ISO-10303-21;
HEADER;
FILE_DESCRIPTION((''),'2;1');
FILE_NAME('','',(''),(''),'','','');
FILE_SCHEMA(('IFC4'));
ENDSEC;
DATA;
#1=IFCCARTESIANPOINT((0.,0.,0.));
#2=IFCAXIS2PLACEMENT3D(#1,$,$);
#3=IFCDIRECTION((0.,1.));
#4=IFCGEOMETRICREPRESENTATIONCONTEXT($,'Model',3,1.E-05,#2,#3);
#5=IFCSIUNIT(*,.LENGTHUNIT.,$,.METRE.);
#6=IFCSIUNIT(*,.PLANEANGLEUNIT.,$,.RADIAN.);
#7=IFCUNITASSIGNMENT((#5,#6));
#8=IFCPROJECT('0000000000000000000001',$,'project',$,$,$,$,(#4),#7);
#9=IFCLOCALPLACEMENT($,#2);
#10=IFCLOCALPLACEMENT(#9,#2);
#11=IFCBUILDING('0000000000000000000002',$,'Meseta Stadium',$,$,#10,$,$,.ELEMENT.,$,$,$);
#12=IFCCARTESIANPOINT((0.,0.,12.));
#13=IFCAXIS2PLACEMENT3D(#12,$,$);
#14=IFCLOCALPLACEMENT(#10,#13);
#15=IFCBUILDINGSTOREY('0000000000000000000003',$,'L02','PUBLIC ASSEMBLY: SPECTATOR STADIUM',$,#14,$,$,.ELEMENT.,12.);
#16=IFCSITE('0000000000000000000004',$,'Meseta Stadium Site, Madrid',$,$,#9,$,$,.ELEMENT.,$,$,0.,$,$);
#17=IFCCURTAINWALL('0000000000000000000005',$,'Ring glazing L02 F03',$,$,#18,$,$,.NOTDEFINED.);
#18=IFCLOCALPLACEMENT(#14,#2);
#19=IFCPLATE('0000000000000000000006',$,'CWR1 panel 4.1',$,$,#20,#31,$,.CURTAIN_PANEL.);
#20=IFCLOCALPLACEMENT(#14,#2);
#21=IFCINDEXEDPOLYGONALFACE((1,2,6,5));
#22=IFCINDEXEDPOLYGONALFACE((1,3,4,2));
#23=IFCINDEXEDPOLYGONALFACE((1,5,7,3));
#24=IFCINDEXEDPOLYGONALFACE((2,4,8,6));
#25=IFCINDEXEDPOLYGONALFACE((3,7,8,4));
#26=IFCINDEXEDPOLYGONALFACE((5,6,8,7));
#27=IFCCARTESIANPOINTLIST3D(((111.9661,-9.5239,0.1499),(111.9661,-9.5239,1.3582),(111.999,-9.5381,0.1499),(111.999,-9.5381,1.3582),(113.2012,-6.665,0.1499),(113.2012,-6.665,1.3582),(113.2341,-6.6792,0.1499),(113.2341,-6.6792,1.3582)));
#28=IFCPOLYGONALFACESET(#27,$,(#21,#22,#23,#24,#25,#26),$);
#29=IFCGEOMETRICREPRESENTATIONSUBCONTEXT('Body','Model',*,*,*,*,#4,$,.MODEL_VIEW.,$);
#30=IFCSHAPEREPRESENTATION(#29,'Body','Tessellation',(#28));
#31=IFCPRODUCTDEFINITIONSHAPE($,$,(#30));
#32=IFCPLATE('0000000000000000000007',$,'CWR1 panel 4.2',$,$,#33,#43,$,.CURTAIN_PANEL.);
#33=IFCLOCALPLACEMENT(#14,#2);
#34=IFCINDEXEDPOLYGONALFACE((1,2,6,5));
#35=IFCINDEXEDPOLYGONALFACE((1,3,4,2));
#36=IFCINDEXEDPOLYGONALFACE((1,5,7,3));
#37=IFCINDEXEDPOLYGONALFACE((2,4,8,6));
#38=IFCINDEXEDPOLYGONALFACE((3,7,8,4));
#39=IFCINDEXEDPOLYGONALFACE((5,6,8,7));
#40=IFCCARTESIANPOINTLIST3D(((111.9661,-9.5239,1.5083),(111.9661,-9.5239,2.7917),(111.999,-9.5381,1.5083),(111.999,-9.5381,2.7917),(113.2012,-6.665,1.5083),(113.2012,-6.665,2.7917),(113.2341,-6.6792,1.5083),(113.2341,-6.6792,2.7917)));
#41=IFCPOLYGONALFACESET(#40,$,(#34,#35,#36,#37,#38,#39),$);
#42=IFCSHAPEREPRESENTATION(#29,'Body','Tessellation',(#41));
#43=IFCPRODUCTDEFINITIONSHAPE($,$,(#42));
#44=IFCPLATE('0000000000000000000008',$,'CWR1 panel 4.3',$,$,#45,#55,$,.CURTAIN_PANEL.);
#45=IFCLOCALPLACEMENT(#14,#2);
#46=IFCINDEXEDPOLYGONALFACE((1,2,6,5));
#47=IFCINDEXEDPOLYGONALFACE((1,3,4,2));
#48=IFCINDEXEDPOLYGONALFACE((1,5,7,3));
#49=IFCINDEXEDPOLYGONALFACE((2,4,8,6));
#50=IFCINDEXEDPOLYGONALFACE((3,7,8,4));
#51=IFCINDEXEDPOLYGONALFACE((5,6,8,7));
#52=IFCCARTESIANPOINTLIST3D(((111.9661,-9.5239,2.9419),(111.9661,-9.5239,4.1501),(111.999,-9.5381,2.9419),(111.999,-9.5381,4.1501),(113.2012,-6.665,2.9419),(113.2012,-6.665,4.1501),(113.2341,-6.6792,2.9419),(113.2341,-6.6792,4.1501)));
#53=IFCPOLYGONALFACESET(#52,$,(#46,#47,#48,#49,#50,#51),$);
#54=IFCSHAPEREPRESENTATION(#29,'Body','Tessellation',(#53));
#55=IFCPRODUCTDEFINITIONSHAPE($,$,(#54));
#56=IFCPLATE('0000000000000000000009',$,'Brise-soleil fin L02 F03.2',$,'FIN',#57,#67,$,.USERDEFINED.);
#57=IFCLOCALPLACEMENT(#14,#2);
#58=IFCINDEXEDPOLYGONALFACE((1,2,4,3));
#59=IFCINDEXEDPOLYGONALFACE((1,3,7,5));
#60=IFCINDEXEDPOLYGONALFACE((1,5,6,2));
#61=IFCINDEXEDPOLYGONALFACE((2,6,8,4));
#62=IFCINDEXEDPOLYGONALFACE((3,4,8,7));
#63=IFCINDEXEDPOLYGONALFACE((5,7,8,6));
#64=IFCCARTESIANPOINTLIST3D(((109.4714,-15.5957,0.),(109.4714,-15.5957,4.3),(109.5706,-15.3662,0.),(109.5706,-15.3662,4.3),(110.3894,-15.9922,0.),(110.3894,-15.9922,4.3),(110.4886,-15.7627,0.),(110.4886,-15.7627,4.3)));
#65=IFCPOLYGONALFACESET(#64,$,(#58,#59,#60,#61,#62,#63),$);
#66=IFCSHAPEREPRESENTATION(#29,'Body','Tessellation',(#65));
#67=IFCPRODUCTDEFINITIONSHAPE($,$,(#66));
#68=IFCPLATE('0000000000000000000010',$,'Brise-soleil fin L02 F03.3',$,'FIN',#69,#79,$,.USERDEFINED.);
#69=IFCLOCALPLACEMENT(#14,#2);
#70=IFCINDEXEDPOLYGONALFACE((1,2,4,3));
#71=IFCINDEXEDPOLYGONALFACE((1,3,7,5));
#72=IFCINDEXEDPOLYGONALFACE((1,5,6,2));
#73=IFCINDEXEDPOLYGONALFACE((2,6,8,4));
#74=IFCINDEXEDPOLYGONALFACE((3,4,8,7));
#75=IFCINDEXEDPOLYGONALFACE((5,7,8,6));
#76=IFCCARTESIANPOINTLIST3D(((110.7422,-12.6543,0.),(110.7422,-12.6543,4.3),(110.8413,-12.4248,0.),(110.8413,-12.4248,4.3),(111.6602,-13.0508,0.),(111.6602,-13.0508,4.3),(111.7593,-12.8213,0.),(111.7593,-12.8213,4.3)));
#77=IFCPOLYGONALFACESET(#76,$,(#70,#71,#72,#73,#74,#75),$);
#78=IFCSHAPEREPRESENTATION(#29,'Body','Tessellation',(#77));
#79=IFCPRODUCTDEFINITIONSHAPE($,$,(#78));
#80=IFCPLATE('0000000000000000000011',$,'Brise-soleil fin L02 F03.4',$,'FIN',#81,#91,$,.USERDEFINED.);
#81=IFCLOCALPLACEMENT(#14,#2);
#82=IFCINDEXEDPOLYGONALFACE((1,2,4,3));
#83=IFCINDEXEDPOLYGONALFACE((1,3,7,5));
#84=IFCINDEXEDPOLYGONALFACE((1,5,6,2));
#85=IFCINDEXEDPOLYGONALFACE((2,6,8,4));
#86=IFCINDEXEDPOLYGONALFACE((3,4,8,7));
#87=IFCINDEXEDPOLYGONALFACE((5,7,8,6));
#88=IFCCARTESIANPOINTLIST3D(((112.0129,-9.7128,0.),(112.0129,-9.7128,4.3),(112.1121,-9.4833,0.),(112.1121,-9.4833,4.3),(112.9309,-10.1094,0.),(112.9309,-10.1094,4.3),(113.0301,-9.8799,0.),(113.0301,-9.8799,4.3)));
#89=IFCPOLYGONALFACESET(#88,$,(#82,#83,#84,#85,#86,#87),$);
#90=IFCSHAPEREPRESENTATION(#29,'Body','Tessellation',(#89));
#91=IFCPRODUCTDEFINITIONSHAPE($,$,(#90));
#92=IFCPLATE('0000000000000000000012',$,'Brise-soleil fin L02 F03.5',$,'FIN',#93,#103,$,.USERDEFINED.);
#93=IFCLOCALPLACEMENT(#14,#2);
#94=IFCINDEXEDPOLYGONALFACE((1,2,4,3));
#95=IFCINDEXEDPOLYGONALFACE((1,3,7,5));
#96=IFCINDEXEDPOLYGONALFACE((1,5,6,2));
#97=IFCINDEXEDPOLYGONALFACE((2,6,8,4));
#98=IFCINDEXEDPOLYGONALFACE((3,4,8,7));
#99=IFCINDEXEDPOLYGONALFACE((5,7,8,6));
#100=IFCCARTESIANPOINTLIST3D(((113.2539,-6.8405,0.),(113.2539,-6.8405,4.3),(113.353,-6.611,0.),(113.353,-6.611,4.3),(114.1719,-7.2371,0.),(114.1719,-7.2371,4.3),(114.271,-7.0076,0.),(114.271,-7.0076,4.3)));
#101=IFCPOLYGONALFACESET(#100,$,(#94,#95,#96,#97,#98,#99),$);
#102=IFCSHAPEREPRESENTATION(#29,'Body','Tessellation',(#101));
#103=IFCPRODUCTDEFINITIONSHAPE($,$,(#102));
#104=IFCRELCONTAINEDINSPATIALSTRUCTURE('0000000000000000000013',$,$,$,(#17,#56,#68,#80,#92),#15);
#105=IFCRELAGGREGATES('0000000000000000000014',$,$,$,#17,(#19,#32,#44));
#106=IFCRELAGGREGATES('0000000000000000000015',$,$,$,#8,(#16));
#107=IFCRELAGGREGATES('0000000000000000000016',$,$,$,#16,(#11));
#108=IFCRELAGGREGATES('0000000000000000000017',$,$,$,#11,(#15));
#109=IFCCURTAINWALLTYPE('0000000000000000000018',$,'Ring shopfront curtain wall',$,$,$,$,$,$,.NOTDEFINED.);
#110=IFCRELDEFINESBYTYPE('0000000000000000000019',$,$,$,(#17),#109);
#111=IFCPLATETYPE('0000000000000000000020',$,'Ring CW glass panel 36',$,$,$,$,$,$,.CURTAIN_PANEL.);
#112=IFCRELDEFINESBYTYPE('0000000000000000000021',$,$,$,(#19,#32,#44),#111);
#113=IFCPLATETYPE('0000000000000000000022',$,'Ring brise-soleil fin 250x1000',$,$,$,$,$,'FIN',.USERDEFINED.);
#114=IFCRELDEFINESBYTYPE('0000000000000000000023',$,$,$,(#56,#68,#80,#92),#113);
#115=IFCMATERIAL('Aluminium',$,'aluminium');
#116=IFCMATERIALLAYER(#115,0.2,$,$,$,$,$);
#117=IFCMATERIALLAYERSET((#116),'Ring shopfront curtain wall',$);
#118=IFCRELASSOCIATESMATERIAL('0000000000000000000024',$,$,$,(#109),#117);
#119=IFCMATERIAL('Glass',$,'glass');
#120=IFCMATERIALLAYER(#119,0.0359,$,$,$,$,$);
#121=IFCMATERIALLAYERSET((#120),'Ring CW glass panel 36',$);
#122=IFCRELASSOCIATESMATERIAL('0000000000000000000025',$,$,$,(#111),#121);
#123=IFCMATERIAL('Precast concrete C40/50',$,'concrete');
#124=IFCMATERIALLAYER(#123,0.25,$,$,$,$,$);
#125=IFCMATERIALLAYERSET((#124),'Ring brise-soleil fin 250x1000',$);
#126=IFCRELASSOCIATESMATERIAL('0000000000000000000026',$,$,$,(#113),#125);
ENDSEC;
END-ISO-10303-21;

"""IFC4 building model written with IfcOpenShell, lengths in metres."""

from ifc_helpers import new_model, si_unit, direction, frame, origin, origin_2d, place, context, subcontext, project, spatial, rectangle, extrude, material, layer, layer_set, type_object, element, aggregate, save


model = new_model("IFC4")

# Units and contexts
model_context = context("Model", 3, precision=1e-05, world=origin(), true_north=direction((0.0, 1.0)))
body_context = subcontext(model_context, "Body", "Model", "MODEL_VIEW")
ifc_project = project(units=[si_unit("LENGTHUNIT", "METRE"), si_unit("PLANEANGLEUNIT", "RADIAN")], contexts=[model_context])

# Site, building, storey
site_placement = place(None, origin())
site = spatial("IfcSite", under=ifc_project, at=site_placement, Name="Meseta Stadium Site, Madrid", CompositionType="ELEMENT", RefElevation=0.0)
building_placement = place(site_placement, origin())
building = spatial("IfcBuilding", under=site, at=building_placement, Name="Meseta Stadium", CompositionType="ELEMENT")
storey_placement = place(building_placement, frame((0.0, 0.0, 12.0)))
storey = spatial("IfcBuildingStorey", under=building, at=storey_placement, Name="L02", Description="PUBLIC ASSEMBLY: SPECTATOR STADIUM", CompositionType="ELEMENT", Elevation=12.0)

# Curtain wall, plates
ifc_material_1 = material(Name="Aluminium", Category="aluminium")
ifc_layer_1 = layer(ifc_material_1, 0.2)
ifc_layer_set_1 = layer_set([ifc_layer_1], Name="Ring shopfront curtain wall")
curtain_wall_type = type_object("IfcCurtainWallType", Name="Ring shopfront curtain wall", PredefinedType="NOTDEFINED", material=ifc_layer_set_1)
curtain_wall_placement = place(storey_placement, origin())
curtain_wall = element("IfcCurtainWall", 1, at=curtain_wall_placement, inside=storey, type_object=curtain_wall_type, Name="Ring glazing L02 F03", PredefinedType="NOTDEFINED")
ifc_material_2 = material(Name="Glass", Category="glass")
ifc_layer_2 = layer(ifc_material_2, 0.0359)
ifc_layer_set_2 = layer_set([ifc_layer_2], Name="Ring CW glass panel 36")
plate_type_1 = type_object("IfcPlateType", Name="Ring CW glass panel 36", PredefinedType="CURTAIN_PANEL", material=ifc_layer_set_2)
plate_1_placement = place(storey_placement, frame((112.6001, -8.1016, 0.1499), z_axis=(0.0, 0.0, 1.0), x_axis=(0.396581, 0.918, 0.0)))
plate_1 = element("IfcPlate", 2, at=plate_1_placement, type_object=plate_type_1, Name="CWR1 panel 4.1", PredefinedType="CURTAIN_PANEL", context=body_context, shape_type="SweptSolid", body=[
    extrude(rectangle(XDim=3.1143, YDim=0.0359, at=origin_2d()), origin(), (0.0, 0.0, 1.0), 1.2083),
])
plate_2_placement = place(storey_placement, frame((112.6001, -8.1016, 1.5083), z_axis=(0.0, 0.0, 1.0), x_axis=(0.396581, 0.918, 0.0)))
plate_2 = element("IfcPlate", 3, at=plate_2_placement, type_object=plate_type_1, Name="CWR1 panel 4.2", PredefinedType="CURTAIN_PANEL", context=body_context, shape_type="SweptSolid", body=[
    extrude(rectangle(XDim=3.1143, YDim=0.0359, at=origin_2d()), origin(), (0.0, 0.0, 1.0), 1.2834),
])
plate_3_placement = place(storey_placement, frame((112.6001, -8.1016, 2.9419), z_axis=(0.0, 0.0, 1.0), x_axis=(0.396581, 0.918, 0.0)))
plate_3 = element("IfcPlate", 4, at=plate_3_placement, type_object=plate_type_1, Name="CWR1 panel 4.3", PredefinedType="CURTAIN_PANEL", context=body_context, shape_type="SweptSolid", body=[
    extrude(rectangle(XDim=3.1143, YDim=0.0359, at=origin_2d()), origin(), (0.0, 0.0, 1.0), 1.2083),
])
aggregate(curtain_wall, [plate_1, plate_2, plate_3])

# Plates
ifc_material_3 = material(Name="Precast concrete C40/50", Category="concrete")
ifc_layer_3 = layer(ifc_material_3, 0.25)
ifc_layer_set_3 = layer_set([ifc_layer_3], Name="Ring brise-soleil fin 250x1000")
plate_type_2 = type_object("IfcPlateType", Name="Ring brise-soleil fin 250x1000", ElementType="FIN", PredefinedType="USERDEFINED", material=ifc_layer_set_3)
for number, where, z_axis, x_axis, name in (
    (5, (109.98, -15.6792, 0.0), (0.0, 0.0, 1.0), (0.396576, 0.918002, 0.0), "Brise-soleil fin L02 F03.2"),
    (6, (111.2507, -12.7378, 0.0), (0.0, 0.0, 1.0), (0.396576, 0.918002, 0.0), "Brise-soleil fin L02 F03.3"),
    (7, (112.5215, -9.7964, 0.0), (0.0, 0.0, 1.0), (0.396576, 0.918002, 0.0), "Brise-soleil fin L02 F03.4"),
    (8, (113.7625, -6.9241, 0.0), (0.0, 0.0, 1.0), (0.396576, 0.918002, 0.0), "Brise-soleil fin L02 F03.5"),
):
    element("IfcPlate", number, at=place(storey_placement, frame(where, z_axis=z_axis, x_axis=x_axis)), inside=storey, type_object=plate_type_2, Name=name, ObjectType="FIN", PredefinedType="USERDEFINED", context=body_context, shape_type="SweptSolid", body=[
        extrude(rectangle(XDim=0.25, YDim=1.0, at=origin_2d()), origin(), (0.0, 0.0, 1.0), 4.3),
    ])

save(model, "model.ifc")
